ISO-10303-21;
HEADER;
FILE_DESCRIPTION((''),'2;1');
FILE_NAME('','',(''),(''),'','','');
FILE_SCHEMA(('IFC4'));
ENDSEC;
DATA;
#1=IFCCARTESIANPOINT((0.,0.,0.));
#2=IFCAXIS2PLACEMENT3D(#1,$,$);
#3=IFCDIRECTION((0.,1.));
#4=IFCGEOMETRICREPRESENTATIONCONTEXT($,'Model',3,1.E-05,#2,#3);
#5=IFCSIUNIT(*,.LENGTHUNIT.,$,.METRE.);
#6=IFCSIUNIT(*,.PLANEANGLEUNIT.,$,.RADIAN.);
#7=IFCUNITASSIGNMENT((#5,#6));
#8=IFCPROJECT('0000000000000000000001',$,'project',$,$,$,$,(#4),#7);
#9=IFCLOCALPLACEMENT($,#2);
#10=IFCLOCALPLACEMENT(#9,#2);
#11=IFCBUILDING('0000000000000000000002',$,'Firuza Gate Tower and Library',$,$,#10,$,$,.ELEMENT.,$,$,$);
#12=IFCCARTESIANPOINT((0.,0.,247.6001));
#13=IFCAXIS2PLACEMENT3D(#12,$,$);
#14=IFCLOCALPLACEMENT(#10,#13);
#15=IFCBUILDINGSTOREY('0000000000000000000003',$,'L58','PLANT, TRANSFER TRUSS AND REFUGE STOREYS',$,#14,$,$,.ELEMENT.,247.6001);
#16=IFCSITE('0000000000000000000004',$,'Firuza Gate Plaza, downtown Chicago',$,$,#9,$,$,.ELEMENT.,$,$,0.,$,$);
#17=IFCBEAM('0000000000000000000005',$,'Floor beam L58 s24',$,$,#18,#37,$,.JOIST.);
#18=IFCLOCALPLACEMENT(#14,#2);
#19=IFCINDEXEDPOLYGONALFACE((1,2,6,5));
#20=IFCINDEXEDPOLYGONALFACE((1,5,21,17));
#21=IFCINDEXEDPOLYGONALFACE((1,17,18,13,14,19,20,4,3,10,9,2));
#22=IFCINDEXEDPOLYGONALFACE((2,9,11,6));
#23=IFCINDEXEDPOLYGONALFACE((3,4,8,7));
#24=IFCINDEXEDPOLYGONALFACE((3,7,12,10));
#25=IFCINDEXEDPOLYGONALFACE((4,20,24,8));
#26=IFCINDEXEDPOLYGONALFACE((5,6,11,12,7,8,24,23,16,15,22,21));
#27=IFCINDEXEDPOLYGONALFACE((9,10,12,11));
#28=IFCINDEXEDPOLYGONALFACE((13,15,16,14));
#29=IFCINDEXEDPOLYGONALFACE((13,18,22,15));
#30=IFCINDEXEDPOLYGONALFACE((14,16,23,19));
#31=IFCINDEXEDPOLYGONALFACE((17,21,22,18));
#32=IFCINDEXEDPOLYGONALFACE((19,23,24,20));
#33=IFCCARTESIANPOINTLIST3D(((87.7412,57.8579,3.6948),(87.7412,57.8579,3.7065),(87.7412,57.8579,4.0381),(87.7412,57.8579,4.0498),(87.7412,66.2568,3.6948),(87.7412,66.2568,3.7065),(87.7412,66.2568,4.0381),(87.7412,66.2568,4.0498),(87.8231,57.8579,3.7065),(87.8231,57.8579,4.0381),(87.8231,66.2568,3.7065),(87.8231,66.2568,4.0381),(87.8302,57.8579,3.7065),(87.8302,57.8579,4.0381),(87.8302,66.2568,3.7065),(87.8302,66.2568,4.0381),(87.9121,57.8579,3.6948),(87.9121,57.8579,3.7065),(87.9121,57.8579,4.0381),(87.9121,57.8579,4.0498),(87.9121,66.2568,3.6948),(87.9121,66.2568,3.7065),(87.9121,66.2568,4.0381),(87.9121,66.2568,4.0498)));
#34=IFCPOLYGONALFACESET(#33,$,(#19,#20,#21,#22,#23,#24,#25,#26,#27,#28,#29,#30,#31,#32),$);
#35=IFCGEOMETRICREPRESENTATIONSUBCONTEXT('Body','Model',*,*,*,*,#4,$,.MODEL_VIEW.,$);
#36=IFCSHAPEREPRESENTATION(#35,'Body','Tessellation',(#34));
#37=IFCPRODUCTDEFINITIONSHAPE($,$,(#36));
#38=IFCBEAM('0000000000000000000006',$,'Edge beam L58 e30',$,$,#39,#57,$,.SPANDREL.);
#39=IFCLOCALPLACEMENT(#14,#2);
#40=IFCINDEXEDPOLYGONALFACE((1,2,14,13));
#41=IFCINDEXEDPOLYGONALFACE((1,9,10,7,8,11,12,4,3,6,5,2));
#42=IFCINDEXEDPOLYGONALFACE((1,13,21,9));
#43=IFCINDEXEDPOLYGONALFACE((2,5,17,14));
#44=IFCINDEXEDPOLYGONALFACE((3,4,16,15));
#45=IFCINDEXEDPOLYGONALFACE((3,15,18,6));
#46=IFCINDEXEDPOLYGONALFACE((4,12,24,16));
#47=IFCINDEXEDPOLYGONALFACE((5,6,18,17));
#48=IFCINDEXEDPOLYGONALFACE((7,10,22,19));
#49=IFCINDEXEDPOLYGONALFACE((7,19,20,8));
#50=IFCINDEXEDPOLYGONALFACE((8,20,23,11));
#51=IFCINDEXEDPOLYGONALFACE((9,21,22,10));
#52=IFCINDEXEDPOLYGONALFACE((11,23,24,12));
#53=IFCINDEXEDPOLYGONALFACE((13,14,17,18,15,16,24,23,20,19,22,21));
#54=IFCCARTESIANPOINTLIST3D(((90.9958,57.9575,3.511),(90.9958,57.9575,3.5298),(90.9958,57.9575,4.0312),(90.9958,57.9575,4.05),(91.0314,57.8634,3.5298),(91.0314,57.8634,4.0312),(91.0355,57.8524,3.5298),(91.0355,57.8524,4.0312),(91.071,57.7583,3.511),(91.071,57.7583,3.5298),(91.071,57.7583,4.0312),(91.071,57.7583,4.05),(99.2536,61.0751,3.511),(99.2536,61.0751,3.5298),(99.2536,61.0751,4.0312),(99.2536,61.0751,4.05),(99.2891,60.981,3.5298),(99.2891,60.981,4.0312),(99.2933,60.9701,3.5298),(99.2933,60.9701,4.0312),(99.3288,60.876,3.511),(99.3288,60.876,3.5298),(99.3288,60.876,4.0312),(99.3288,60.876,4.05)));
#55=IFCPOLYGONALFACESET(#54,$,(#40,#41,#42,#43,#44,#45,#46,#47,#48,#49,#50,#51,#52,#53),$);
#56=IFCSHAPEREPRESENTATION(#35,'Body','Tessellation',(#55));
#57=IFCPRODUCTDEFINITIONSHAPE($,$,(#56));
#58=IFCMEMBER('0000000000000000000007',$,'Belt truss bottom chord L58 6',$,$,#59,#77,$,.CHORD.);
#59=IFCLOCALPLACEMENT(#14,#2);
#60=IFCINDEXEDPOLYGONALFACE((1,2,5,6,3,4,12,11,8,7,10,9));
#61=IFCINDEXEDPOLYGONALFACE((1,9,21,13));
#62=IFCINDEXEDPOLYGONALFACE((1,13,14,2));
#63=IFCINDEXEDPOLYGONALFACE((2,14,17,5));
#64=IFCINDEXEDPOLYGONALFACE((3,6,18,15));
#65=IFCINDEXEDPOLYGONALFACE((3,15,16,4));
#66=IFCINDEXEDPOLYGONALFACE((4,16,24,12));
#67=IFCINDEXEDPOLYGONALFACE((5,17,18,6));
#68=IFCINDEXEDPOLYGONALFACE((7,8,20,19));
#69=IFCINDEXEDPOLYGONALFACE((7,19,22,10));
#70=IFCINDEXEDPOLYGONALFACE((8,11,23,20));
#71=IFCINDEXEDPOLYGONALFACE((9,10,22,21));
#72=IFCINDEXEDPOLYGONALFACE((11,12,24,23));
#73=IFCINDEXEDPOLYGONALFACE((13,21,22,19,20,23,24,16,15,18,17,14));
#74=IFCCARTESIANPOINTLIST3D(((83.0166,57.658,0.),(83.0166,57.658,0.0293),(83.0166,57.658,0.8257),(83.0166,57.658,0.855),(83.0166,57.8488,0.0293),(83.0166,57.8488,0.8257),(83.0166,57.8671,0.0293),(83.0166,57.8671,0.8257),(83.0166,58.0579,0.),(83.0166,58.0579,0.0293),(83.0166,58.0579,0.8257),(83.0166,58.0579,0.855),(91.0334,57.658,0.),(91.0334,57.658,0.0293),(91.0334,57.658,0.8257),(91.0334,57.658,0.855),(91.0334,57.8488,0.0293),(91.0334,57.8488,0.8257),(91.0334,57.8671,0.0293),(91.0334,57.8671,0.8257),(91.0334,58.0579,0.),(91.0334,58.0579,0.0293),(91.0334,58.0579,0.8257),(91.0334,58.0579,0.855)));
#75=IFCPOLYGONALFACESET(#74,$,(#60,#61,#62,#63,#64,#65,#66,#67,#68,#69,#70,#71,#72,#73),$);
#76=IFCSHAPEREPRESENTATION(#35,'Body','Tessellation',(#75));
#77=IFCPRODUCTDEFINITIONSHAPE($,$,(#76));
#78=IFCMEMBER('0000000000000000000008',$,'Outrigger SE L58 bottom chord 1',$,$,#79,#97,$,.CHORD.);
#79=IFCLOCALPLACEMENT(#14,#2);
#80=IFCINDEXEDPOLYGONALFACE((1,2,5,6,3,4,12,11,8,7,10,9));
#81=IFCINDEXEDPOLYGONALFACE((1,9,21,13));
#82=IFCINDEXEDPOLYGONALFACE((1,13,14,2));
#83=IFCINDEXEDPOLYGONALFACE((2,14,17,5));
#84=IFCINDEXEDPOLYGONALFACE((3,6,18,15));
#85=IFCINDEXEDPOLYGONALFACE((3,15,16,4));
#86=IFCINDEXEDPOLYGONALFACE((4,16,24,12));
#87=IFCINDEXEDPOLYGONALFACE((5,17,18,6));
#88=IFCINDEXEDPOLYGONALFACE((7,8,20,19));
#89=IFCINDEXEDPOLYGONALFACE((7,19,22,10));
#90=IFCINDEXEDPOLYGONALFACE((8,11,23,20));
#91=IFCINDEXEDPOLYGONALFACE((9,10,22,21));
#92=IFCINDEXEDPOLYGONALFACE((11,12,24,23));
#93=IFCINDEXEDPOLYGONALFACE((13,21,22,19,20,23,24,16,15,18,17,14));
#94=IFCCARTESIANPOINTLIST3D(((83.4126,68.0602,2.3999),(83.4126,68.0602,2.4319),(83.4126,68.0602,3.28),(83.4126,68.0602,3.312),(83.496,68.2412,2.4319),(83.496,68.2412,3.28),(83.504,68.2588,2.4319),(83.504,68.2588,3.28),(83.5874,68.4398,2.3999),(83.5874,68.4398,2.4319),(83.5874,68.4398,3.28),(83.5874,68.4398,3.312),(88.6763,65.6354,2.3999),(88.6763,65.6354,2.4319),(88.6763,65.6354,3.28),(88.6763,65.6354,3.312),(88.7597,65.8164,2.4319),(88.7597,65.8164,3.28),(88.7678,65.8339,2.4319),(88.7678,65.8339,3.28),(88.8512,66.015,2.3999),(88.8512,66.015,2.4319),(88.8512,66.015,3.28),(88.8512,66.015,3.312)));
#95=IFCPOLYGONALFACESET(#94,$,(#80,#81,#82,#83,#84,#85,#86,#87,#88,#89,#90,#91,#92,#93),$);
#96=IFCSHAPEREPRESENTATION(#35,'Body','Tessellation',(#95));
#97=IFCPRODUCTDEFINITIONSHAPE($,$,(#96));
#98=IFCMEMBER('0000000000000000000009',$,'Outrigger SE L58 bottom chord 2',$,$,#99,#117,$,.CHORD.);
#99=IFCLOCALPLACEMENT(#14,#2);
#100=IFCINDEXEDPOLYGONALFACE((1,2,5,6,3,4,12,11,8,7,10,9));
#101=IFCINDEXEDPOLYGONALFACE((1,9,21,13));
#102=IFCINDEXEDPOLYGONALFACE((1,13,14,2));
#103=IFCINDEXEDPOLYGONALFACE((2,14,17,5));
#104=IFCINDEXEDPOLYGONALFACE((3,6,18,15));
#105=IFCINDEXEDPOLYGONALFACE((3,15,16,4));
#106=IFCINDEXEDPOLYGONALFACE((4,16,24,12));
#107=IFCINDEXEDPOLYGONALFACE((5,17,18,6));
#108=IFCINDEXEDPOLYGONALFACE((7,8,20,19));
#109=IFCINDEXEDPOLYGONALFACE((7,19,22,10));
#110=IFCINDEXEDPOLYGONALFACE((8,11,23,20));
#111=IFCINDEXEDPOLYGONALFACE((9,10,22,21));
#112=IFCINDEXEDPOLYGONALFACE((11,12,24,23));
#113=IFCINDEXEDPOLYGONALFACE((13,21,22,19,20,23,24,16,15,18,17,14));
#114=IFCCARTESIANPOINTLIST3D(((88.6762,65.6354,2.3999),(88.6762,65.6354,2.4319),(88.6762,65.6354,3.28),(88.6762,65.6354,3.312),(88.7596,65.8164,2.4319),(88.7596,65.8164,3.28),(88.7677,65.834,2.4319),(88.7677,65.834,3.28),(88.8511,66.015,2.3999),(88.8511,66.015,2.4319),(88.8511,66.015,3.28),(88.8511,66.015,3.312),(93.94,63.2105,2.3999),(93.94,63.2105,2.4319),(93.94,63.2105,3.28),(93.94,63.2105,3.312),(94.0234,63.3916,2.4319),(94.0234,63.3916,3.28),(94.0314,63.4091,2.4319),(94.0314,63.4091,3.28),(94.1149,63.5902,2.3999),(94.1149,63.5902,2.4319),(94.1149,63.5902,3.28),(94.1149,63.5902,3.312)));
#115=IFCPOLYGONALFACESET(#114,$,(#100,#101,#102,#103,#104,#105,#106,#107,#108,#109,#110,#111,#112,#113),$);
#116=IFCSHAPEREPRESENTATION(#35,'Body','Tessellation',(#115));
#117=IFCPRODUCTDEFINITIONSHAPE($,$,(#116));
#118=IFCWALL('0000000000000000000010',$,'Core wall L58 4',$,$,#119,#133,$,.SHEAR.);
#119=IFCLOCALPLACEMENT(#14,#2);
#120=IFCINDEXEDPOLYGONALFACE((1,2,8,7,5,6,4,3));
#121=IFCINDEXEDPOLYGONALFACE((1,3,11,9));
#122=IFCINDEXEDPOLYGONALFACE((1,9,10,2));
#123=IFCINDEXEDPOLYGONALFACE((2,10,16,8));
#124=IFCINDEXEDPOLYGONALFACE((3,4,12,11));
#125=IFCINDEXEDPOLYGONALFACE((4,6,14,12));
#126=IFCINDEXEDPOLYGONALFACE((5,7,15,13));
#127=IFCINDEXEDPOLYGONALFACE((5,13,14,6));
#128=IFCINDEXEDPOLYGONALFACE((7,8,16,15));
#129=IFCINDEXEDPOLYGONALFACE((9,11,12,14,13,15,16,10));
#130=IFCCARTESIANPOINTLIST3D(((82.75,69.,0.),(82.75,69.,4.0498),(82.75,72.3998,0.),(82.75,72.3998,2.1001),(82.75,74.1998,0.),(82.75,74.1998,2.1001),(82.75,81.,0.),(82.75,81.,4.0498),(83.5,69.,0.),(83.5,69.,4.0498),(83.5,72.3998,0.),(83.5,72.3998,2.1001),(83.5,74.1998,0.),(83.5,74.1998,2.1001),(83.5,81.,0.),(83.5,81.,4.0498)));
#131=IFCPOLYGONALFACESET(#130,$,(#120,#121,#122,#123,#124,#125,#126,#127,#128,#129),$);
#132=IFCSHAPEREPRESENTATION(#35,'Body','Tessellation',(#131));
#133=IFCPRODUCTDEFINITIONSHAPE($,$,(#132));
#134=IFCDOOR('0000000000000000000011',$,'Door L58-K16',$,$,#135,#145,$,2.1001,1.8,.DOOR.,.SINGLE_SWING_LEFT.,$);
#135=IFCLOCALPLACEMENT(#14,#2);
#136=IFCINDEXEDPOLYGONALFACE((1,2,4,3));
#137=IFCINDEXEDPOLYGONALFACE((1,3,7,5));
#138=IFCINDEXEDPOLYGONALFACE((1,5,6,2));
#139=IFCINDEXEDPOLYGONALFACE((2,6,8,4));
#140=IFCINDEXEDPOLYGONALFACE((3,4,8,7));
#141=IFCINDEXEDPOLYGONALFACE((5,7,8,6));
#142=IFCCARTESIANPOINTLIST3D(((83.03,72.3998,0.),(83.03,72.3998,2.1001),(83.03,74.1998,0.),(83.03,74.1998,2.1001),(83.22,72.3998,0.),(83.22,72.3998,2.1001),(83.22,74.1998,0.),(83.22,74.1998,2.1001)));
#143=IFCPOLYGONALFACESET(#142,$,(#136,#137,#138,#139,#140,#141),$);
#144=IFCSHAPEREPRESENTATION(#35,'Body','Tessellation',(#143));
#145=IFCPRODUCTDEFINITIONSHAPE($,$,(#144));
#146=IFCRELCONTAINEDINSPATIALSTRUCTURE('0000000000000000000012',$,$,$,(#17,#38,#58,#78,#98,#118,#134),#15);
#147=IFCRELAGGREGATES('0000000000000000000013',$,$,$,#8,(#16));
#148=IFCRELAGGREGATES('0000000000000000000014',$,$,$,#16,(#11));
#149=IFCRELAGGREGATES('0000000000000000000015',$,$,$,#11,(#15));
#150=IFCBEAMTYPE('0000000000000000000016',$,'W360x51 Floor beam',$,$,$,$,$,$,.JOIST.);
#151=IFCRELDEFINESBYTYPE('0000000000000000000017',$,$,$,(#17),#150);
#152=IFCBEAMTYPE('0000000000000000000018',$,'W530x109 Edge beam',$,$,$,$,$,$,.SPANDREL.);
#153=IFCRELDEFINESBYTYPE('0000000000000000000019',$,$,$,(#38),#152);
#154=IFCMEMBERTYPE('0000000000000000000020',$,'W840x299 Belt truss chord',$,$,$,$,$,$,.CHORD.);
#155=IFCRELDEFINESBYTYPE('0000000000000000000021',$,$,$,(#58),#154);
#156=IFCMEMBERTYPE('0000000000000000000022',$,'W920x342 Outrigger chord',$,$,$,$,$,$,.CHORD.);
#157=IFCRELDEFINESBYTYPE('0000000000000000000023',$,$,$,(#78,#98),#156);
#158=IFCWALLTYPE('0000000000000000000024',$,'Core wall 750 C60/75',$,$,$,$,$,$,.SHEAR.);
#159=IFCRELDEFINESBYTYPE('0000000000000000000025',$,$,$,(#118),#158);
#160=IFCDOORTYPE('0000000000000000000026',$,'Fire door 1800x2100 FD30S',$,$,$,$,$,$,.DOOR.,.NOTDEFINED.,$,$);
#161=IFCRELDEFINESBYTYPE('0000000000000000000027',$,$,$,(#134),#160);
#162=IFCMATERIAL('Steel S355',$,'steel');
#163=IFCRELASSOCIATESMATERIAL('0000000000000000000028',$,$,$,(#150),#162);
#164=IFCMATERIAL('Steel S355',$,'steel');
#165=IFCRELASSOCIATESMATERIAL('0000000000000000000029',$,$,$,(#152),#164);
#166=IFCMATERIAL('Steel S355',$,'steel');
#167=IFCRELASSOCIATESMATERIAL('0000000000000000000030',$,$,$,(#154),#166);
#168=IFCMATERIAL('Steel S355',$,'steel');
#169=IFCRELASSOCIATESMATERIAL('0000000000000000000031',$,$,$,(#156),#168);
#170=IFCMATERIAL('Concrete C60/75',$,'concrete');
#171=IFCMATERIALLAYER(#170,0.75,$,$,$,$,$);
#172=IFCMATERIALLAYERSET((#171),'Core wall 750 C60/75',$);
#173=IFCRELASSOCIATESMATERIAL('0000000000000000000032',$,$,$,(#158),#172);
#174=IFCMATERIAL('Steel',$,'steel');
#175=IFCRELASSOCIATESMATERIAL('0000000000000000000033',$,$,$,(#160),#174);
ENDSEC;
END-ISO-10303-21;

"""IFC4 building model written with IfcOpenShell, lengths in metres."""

from ifc_helpers import new_model, si_unit, direction, frame, frame_2d, origin, origin_2d, place, context, subcontext, project, spatial, rectangle, i_section, extrude, material, layer, layer_set, material_profile, profile_set, type_object, element, fill, save


model = new_model("IFC4")

# Units and contexts
model_context = context("Model", 3, precision=1e-05, world=origin(), true_north=direction((0.0, 1.0)))
body_context = subcontext(model_context, "Body", "Model", "MODEL_VIEW")
ifc_project = project(units=[si_unit("LENGTHUNIT", "METRE"), si_unit("PLANEANGLEUNIT", "RADIAN")], contexts=[model_context])

# Site, building, storey
site_placement = place(None, origin())
site = spatial("IfcSite", under=ifc_project, at=site_placement, Name="Firuza Gate Plaza, downtown Chicago", CompositionType="ELEMENT", RefElevation=0.0)
building_placement = place(site_placement, origin())
building = spatial("IfcBuilding", under=site, at=building_placement, Name="Firuza Gate Tower and Library", CompositionType="ELEMENT")
storey_placement = place(building_placement, frame((0.0, 0.0, 247.6001)))
storey = spatial("IfcBuildingStorey", under=building, at=storey_placement, Name="L58", Description="PLANT, TRANSFER TRUSS AND REFUGE STOREYS", CompositionType="ELEMENT", Elevation=247.6001)

# Beams
ifc_material_1 = material(Name="Steel S355", Category="steel")
ifc_material_profile_1 = material_profile(ifc_material_1, i_section(OverallWidth=0.1709, OverallDepth=0.355, WebThickness=0.0071, FlangeThickness=0.0117, at=origin_2d()))
ifc_profile_set_1 = profile_set([ifc_material_profile_1], Name="Steel S355")
beam_type_1 = type_object("IfcBeamType", Name="W360x51 Floor beam", PredefinedType="JOIST", material=ifc_profile_set_1)
beam_1_placement = place(storey_placement, frame((87.8267, 57.8579, 3.8723), z_axis=(0.0, 1.0, 0.0), x_axis=(-1.0, 0.0, 0.0)))
element("IfcBeam", 1, at=beam_1_placement, inside=storey, type_object=beam_type_1, Name="Floor beam L58 s24", PredefinedType="JOIST", context=body_context, shape_type="SweptSolid", body=[
    extrude(i_section(OverallWidth=0.1709, OverallDepth=0.355, WebThickness=0.0071, FlangeThickness=0.0117, at=origin_2d()), origin(), (0.0, 0.0, 1.0), 8.3989),
])
ifc_material_2 = material(Name="Steel S355", Category="steel")
ifc_material_profile_2 = material_profile(ifc_material_2, i_section(OverallWidth=0.2129, OverallDepth=0.5391, WebThickness=0.0117, FlangeThickness=0.0188, at=origin_2d()))
ifc_profile_set_2 = profile_set([ifc_material_profile_2], Name="Steel S355")
beam_type_2 = type_object("IfcBeamType", Name="W530x109 Edge beam", PredefinedType="SPANDREL", material=ifc_profile_set_2)
beam_2_placement = place(storey_placement, frame((91.0334, 57.8579, 3.7805), z_axis=(0.935545, 0.353208, 0.0), x_axis=(-0.353208, 0.935545, 0.0)))
element("IfcBeam", 2, at=beam_2_placement, inside=storey, type_object=beam_type_2, Name="Edge beam L58 e30", PredefinedType="SPANDREL", context=body_context, shape_type="SweptSolid", body=[
    extrude(i_section(OverallWidth=0.2129, OverallDepth=0.5391, WebThickness=0.0117, FlangeThickness=0.0188, at=origin_2d()), origin(), (0.0, 0.0, 1.0), 8.8267),
])

# Members
ifc_material_3 = material(Name="Steel S355", Category="steel")
ifc_material_profile_3 = material_profile(ifc_material_3, i_section(OverallWidth=0.3999, OverallDepth=0.855, WebThickness=0.0183, FlangeThickness=0.0293, at=origin_2d()))
ifc_profile_set_3 = profile_set([ifc_material_profile_3], Name="Steel S355")
member_type_1 = type_object("IfcMemberType", Name="W840x299 Belt truss chord", PredefinedType="CHORD", material=ifc_profile_set_3)
member_1_placement = place(storey_placement, frame((83.0166, 57.8579, 0.4275), z_axis=(1.0, 0.0, 0.0), x_axis=(0.0, 1.0, 0.0)))
element("IfcMember", 3, at=member_1_placement, inside=storey, type_object=member_type_1, Name="Belt truss bottom chord L58 6", PredefinedType="CHORD", context=body_context, shape_type="SweptSolid", body=[
    extrude(i_section(OverallWidth=0.3999, OverallDepth=0.855, WebThickness=0.0183, FlangeThickness=0.0293, at=origin_2d()), origin(), (0.0, 0.0, 1.0), 8.0168),
])
ifc_material_4 = material(Name="Steel S355", Category="steel")
ifc_material_profile_4 = material_profile(ifc_material_4, i_section(OverallWidth=0.418, OverallDepth=0.9121, WebThickness=0.0193, FlangeThickness=0.032, at=origin_2d()))
ifc_profile_set_4 = profile_set([ifc_material_profile_4], Name="Steel S355")
member_type_2 = type_object("IfcMemberType", Name="W920x342 Outrigger chord", PredefinedType="CHORD", material=ifc_profile_set_4)
for number, where, z_axis, x_axis, name in (
    (4, (83.5, 68.25, 2.856), (0.90826, -0.418406, 0.0), (0.418406, 0.90826, 0.0), "Outrigger SE L58 bottom chord 1"),
    (5, (88.7637, 65.8252, 2.856), (0.90826, -0.418406, 0.0), (0.418406, 0.90826, 0.0), "Outrigger SE L58 bottom chord 2"),
):
    element("IfcMember", number, at=place(storey_placement, frame(where, z_axis=z_axis, x_axis=x_axis)), inside=storey, type_object=member_type_2, Name=name, PredefinedType="CHORD", context=body_context, shape_type="SweptSolid", body=[
        extrude(i_section(OverallWidth=0.418, OverallDepth=0.9121, WebThickness=0.0193, FlangeThickness=0.032, at=origin_2d()), origin(), (0.0, 0.0, 1.0), 5.7954),
    ])

# Wall, opening, door
ifc_material_5 = material(Name="Concrete C60/75", Category="concrete")
ifc_layer_1 = layer(ifc_material_5, 0.75)
ifc_layer_set_1 = layer_set([ifc_layer_1], Name="Core wall 750 C60/75")
wall_type_1 = type_object("IfcWallType", Name="Core wall 750 C60/75", PredefinedType="SHEAR", material=ifc_layer_set_1)
wall_1_placement = place(storey_placement, frame((83.125, 69.0, 0.0), z_axis=(0.0, 0.0, 1.0), x_axis=(0.0, 1.0, 0.0)))
wall_1 = element("IfcWall", 6, at=wall_1_placement, inside=storey, type_object=wall_type_1, Name="Core wall L58 4", PredefinedType="SHEAR", context=body_context, shape_type="SweptSolid", body=[
    extrude(rectangle(XDim=12.0, YDim=0.75, at=frame_2d((6.0, 0.0))), origin(), (0.0, 0.0, 1.0), 4.0498),
])
opening_1_placement = place(wall_1_placement, frame((3.3999, 0.0, 0.0)))
opening_1 = element("IfcOpeningElement", 7, at=opening_1_placement, cuts=wall_1, PredefinedType="OPENING", context=body_context, shape_type="SweptSolid", body=[
    extrude(rectangle(XDim=1.8, YDim=2.1001, at=frame_2d((0.8999, 1.05))), frame((0.0, 0.385, 0.0), z_axis=(0.0, -1.0, 0.0), x_axis=(1.0, 0.0, 0.0)), (0.0, 0.0, 1.0), 0.77),
])
ifc_material_6 = material(Name="Steel", Category="steel")
door_type_1 = type_object("IfcDoorType", Name="Fire door 1800x2100 FD30S", OperationType="NOTDEFINED", PredefinedType="DOOR", material=ifc_material_6)
door_1_placement = place(opening_1_placement, origin())
door_1 = element("IfcDoor", 8, at=door_1_placement, inside=storey, type_object=door_type_1, Name="Door L58-K16", OperationType="SINGLE_SWING_LEFT", OverallHeight=2.1001, OverallWidth=1.8, PredefinedType="DOOR", context=body_context, shape_type="SweptSolid", body=[
    extrude(rectangle(XDim=1.8, YDim=2.1001, at=frame_2d((0.8999, 1.05))), frame((0.0, 0.095, 0.0), z_axis=(0.0, -1.0, 0.0), x_axis=(1.0, 0.0, 0.0)), (0.0, 0.0, 1.0), 0.1899),
])
fill(opening_1, door_1)

save(model, "model.ifc")
